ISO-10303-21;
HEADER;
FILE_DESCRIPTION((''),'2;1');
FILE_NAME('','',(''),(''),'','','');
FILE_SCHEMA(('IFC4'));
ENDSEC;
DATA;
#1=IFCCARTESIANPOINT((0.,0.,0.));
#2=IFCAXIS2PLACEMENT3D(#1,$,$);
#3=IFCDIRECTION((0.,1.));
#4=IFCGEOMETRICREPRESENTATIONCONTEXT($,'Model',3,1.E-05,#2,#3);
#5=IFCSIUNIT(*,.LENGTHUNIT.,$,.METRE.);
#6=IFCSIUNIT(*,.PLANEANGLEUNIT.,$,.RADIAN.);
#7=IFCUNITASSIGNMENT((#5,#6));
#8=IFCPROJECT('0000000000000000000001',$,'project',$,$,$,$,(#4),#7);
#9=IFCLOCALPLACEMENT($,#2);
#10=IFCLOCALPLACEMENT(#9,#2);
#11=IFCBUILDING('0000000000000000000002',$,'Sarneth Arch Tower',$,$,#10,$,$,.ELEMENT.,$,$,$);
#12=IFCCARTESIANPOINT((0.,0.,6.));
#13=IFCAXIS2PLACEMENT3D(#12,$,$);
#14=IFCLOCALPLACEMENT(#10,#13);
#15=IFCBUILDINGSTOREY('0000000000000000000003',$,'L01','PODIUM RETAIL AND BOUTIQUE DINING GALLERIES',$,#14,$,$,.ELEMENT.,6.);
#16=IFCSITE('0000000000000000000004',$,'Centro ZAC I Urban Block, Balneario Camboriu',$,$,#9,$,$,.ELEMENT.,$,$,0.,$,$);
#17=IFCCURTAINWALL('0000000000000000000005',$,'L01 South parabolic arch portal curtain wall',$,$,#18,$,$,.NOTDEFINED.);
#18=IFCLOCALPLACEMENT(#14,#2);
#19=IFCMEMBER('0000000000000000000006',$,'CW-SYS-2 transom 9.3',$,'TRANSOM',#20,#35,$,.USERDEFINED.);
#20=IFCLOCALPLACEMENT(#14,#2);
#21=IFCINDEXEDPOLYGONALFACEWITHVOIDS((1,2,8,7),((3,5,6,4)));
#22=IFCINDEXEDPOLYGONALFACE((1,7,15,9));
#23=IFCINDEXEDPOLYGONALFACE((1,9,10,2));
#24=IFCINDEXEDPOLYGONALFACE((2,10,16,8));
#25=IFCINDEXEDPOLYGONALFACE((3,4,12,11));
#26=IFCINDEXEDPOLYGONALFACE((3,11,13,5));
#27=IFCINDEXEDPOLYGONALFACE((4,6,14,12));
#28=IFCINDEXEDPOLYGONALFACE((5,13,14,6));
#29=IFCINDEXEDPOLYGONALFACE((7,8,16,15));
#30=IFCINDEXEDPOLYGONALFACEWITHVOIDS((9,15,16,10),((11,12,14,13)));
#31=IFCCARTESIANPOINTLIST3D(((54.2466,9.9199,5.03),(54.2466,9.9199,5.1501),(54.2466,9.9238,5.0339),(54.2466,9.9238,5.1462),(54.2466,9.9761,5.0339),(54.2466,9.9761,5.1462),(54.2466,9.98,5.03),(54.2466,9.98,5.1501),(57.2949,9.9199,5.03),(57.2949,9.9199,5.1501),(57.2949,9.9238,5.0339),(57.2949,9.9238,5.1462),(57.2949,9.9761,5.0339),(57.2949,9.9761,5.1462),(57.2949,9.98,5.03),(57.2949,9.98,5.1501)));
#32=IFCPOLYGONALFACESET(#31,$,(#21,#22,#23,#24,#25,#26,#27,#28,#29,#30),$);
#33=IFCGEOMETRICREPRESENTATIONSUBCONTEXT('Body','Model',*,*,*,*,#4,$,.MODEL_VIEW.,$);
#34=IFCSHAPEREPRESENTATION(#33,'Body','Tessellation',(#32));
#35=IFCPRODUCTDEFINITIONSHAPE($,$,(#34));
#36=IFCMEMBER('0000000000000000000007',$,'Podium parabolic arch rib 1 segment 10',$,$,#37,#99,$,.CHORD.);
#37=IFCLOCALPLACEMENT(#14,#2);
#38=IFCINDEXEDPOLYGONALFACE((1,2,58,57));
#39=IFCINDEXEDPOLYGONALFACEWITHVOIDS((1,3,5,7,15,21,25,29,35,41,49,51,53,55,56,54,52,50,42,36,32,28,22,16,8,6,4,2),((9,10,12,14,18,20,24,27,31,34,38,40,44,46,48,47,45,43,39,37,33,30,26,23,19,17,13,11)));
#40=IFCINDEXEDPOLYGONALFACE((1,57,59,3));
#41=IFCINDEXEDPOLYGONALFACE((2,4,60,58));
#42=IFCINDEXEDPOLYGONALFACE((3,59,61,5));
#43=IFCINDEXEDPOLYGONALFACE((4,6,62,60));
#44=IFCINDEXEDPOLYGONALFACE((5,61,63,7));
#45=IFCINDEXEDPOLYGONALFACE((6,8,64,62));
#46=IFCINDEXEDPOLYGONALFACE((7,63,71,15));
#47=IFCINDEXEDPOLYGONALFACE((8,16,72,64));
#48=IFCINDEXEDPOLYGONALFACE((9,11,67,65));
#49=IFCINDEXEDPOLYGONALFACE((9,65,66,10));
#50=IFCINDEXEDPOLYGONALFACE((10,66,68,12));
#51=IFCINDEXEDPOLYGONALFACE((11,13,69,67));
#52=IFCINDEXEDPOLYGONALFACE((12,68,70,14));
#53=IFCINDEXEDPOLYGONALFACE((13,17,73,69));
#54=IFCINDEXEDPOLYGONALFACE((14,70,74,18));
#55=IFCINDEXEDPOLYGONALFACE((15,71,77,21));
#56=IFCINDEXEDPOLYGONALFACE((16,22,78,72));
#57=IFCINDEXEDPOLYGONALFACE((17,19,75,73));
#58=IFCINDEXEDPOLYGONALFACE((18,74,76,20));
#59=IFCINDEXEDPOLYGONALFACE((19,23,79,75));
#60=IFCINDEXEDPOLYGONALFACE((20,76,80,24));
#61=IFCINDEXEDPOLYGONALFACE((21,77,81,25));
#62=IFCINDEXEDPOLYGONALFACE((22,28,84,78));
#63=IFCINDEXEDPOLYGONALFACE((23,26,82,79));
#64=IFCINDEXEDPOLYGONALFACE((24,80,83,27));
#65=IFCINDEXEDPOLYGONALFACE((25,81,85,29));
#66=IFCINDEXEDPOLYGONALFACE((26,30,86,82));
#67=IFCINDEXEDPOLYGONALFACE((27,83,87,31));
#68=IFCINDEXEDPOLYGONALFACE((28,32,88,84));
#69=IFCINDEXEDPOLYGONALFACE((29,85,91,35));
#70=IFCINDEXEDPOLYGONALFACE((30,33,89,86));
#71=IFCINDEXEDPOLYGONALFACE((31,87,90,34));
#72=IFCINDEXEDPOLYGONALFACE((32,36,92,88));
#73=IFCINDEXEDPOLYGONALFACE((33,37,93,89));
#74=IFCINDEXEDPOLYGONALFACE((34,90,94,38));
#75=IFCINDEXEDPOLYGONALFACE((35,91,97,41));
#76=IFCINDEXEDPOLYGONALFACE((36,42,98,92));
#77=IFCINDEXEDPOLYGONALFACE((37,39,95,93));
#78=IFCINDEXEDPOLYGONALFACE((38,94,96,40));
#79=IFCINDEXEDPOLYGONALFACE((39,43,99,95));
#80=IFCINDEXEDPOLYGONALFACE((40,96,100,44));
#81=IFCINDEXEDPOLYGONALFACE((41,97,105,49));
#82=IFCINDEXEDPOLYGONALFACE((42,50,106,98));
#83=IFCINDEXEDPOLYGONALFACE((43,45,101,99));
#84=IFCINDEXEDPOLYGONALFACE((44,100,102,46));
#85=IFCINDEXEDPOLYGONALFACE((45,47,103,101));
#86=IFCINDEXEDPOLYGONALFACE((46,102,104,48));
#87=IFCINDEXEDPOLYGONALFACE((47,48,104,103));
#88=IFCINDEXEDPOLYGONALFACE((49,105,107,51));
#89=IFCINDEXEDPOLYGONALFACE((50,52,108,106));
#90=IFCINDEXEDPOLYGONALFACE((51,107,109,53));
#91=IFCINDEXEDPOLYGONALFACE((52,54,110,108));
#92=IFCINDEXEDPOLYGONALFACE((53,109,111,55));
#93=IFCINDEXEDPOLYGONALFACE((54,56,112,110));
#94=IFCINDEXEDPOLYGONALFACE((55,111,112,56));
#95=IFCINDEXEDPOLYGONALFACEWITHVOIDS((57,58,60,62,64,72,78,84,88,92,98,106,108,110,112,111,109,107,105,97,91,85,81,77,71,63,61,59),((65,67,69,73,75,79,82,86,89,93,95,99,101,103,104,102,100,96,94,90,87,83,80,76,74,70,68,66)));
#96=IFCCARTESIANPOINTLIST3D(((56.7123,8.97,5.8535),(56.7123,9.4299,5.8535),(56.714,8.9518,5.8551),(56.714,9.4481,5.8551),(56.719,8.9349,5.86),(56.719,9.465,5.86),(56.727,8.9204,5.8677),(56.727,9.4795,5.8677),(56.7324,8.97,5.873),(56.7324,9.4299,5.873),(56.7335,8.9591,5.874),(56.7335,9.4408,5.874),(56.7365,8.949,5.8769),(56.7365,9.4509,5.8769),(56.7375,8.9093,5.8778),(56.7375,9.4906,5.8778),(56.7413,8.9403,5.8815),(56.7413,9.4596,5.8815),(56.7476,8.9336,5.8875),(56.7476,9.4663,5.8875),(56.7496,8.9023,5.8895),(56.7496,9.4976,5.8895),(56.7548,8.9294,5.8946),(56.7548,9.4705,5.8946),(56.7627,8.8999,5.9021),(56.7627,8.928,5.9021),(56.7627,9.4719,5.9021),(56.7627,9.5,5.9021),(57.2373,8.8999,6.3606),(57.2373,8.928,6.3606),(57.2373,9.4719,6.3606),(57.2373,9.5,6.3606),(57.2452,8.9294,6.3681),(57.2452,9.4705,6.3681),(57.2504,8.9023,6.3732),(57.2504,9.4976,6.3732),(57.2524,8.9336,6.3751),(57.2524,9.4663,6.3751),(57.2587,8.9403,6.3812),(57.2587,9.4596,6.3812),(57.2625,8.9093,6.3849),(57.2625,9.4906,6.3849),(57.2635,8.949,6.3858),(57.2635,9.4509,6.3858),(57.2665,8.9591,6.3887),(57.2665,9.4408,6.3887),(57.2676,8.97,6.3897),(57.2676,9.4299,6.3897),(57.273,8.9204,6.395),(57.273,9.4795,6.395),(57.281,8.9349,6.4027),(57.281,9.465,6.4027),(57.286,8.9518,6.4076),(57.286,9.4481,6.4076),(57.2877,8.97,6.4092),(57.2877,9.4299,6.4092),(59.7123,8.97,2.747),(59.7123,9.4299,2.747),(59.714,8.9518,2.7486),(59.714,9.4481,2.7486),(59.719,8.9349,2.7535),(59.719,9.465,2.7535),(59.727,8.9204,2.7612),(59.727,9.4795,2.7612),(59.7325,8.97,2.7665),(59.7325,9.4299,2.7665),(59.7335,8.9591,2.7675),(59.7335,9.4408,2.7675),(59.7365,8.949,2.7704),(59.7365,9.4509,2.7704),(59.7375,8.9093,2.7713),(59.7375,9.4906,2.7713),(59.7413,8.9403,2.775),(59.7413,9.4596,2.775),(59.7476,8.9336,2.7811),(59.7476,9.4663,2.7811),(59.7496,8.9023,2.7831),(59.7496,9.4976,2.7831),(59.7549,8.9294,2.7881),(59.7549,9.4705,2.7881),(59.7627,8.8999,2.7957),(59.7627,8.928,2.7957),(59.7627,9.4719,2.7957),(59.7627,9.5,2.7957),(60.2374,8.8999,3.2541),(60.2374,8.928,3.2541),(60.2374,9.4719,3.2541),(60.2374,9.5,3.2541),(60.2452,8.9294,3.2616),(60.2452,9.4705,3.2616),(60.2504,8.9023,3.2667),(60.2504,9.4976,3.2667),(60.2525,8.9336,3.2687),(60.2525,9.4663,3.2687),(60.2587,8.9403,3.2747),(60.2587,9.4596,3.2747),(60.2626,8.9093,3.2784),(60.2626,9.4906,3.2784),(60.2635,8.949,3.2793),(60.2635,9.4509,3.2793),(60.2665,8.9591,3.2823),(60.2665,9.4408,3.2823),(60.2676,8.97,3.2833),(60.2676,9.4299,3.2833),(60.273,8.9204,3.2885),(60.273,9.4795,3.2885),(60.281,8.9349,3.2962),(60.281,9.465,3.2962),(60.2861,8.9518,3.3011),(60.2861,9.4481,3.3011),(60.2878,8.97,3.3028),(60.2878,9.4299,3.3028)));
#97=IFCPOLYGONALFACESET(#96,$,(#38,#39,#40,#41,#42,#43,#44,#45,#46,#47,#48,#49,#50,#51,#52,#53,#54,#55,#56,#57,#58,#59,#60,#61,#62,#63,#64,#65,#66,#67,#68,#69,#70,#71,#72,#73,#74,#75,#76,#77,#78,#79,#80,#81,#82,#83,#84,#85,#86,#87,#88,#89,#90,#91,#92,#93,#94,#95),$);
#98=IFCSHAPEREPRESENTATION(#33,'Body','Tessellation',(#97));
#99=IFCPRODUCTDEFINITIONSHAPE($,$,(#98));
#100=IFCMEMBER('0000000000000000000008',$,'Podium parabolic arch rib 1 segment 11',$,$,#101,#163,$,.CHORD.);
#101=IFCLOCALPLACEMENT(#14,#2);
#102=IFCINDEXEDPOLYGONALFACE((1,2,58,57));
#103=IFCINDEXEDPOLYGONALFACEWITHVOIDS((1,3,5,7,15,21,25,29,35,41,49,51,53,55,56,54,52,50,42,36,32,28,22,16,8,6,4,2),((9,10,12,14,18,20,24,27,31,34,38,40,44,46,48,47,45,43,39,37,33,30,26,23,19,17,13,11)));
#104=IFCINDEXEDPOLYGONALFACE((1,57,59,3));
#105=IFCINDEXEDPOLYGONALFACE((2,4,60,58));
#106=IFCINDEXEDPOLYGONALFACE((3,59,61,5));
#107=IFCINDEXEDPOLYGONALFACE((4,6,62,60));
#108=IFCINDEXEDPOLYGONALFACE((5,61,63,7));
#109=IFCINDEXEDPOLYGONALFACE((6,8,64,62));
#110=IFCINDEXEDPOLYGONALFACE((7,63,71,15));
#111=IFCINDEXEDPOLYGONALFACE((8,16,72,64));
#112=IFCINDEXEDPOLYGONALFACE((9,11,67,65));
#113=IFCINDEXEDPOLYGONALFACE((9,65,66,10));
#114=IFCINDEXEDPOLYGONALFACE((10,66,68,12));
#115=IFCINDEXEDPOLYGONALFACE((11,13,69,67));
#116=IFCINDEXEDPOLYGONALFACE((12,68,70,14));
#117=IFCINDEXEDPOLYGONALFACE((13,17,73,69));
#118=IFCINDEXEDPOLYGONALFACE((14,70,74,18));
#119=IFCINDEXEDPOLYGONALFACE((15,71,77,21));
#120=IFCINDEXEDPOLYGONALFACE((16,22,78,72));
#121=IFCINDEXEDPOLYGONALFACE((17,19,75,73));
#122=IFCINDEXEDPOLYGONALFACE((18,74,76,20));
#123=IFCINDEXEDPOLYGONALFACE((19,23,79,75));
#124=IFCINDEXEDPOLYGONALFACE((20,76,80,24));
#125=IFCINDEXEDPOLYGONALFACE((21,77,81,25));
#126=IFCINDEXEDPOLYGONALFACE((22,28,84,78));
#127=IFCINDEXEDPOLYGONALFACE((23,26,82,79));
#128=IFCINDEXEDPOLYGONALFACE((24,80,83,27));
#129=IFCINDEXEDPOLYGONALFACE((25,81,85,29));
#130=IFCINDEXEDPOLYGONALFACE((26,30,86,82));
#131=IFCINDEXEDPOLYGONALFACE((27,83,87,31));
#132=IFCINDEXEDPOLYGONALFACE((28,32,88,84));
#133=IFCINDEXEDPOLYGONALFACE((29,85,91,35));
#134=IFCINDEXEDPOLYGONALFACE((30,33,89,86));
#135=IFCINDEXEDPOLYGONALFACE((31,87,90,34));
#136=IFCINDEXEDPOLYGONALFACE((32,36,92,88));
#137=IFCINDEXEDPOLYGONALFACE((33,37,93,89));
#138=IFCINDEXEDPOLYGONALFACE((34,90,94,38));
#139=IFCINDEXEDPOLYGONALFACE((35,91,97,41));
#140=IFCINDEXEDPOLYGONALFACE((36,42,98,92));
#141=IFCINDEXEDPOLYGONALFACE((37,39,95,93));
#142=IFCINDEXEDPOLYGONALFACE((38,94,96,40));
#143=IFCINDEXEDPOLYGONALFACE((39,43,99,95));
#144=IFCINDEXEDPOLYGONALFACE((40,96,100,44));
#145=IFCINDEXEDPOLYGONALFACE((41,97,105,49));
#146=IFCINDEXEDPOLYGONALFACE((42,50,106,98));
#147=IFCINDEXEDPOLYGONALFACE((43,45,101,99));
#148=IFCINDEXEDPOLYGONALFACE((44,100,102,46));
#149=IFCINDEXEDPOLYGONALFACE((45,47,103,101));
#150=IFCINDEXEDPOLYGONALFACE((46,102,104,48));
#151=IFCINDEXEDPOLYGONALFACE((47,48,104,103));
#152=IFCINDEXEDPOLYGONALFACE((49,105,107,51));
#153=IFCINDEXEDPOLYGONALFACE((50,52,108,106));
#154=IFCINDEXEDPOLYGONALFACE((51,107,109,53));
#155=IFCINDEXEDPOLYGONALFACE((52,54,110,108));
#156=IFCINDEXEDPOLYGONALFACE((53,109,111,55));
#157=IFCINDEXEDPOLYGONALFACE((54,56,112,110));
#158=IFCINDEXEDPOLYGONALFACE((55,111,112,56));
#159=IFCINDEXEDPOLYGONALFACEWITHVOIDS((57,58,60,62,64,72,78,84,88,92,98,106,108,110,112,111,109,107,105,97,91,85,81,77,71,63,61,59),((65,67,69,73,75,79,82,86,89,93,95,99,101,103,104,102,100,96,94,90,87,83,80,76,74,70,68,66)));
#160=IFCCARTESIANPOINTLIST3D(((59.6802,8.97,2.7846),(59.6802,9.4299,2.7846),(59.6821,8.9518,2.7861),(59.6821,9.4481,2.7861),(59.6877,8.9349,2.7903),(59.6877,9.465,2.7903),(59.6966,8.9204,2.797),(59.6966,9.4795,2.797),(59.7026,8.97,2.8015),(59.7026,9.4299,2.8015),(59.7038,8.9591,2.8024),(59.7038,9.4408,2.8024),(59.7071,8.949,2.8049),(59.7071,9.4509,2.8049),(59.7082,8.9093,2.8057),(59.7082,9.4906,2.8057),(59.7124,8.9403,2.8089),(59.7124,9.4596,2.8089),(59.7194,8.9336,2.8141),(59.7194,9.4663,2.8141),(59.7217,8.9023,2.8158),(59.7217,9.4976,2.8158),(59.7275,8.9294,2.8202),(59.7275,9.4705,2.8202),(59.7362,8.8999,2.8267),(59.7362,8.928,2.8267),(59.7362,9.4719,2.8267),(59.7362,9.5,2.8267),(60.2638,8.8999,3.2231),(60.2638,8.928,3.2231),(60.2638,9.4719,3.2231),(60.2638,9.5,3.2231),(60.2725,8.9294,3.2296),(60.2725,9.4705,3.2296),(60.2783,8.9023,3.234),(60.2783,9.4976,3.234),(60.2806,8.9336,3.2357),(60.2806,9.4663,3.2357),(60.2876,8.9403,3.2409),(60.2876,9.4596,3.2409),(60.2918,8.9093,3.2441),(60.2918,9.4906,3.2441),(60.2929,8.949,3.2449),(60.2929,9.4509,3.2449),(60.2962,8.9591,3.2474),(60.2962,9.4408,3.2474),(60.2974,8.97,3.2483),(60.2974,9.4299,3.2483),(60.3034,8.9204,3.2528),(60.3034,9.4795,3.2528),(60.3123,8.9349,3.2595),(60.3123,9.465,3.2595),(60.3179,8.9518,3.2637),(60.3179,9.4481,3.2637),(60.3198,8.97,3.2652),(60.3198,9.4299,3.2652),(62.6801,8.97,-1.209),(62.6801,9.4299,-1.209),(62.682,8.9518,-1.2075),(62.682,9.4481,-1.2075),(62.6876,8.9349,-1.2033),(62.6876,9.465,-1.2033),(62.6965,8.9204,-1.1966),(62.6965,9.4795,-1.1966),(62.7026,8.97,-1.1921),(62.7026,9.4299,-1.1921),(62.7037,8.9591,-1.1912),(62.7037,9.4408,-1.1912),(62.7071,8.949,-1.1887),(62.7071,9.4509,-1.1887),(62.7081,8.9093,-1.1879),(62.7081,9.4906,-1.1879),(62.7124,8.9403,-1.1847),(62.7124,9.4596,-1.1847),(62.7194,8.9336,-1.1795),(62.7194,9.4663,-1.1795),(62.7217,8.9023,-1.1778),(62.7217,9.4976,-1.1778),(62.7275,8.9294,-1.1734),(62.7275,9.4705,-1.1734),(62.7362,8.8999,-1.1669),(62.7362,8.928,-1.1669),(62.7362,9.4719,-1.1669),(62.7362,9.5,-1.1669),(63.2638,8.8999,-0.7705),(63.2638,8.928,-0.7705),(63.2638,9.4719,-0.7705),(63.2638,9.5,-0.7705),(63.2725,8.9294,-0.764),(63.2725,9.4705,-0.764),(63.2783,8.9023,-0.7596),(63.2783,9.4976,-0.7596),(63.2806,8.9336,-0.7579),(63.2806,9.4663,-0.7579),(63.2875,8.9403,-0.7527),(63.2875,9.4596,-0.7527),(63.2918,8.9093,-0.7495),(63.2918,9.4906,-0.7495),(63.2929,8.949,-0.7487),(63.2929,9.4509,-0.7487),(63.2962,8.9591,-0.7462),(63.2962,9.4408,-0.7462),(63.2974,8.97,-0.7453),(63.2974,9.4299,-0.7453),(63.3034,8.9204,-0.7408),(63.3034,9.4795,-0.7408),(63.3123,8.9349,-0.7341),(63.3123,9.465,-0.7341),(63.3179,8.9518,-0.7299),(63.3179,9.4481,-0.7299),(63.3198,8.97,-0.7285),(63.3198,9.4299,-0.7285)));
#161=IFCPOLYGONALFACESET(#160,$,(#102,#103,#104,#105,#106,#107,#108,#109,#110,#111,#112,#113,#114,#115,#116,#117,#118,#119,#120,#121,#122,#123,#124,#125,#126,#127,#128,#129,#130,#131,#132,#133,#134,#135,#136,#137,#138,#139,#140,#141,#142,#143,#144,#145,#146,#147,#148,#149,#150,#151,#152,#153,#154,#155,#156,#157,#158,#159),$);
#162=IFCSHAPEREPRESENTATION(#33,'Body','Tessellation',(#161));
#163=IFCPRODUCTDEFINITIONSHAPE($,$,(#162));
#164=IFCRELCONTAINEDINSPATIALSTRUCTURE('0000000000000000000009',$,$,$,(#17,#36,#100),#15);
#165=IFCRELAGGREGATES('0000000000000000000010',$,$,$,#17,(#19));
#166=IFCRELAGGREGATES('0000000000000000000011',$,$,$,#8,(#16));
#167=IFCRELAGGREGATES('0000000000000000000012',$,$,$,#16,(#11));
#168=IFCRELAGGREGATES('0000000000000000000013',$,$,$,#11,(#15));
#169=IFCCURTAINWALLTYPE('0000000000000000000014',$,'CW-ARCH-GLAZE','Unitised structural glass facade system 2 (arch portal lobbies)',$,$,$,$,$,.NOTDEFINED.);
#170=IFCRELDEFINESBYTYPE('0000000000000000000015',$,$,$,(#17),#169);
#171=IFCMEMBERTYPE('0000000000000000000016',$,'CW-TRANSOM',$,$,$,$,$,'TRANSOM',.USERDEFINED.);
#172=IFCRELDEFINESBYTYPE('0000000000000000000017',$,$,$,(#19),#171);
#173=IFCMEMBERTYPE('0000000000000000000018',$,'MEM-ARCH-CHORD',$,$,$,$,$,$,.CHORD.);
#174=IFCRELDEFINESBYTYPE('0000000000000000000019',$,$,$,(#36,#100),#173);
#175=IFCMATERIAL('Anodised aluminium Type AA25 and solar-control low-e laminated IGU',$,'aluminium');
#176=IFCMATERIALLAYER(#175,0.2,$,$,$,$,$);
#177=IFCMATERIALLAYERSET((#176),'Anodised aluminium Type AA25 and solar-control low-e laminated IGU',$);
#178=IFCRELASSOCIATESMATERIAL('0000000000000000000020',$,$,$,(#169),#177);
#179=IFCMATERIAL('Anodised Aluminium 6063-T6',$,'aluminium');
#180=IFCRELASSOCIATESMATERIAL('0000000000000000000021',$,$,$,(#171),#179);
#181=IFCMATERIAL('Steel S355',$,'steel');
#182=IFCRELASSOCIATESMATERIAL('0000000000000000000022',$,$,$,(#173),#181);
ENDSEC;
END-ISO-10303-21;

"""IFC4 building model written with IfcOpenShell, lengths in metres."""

from ifc_helpers import new_model, si_unit, direction, frame, origin, origin_2d, place, context, subcontext, project, spatial, hollow_rectangle, extrude, material, layer, layer_set, material_profile, profile_set, type_object, element, aggregate, save


model = new_model("IFC4")

# Units and contexts
model_context = context("Model", 3, precision=1e-05, world=origin(), true_north=direction((0.0, 1.0)))
body_context = subcontext(model_context, "Body", "Model", "MODEL_VIEW")
ifc_project = project(units=[si_unit("LENGTHUNIT", "METRE"), si_unit("PLANEANGLEUNIT", "RADIAN")], contexts=[model_context])

# Site, building, storey
site_placement = place(None, origin())
site = spatial("IfcSite", under=ifc_project, at=site_placement, Name="Centro ZAC I Urban Block, Balneario Camboriu", CompositionType="ELEMENT", RefElevation=0.0)
building_placement = place(site_placement, origin())
building = spatial("IfcBuilding", under=site, at=building_placement, Name="Sarneth Arch Tower", CompositionType="ELEMENT")
storey_placement = place(building_placement, frame((0.0, 0.0, 6.0)))
storey = spatial("IfcBuildingStorey", under=building, at=storey_placement, Name="L01", Description="PODIUM RETAIL AND BOUTIQUE DINING GALLERIES", CompositionType="ELEMENT", Elevation=6.0)

# Curtain wall, member
ifc_material_1 = material(Name="Anodised aluminium Type AA25 and solar-control low-e laminated IGU", Category="aluminium")
ifc_layer_1 = layer(ifc_material_1, 0.2)
ifc_layer_set_1 = layer_set([ifc_layer_1], Name="Anodised aluminium Type AA25 and solar-control low-e laminated IGU")
curtain_wall_type = type_object("IfcCurtainWallType", Name="CW-ARCH-GLAZE", Description="Unitised structural glass facade system 2 (arch portal lobbies)", PredefinedType="NOTDEFINED", material=ifc_layer_set_1)
curtain_wall_placement = place(storey_placement, origin())
curtain_wall = element("IfcCurtainWall", 1, at=curtain_wall_placement, inside=storey, type_object=curtain_wall_type, Name="L01 South parabolic arch portal curtain wall", PredefinedType="NOTDEFINED")
ifc_material_2 = material(Name="Anodised Aluminium 6063-T6", Category="aluminium")
ifc_material_profile_1 = material_profile(ifc_material_2, hollow_rectangle(XDim=0.0601, YDim=0.1201, WallThickness=0.0039, at=origin_2d()), Name="AL-TRAN-120x60x4")
ifc_profile_set_1 = profile_set([ifc_material_profile_1], Name="Anodised Aluminium 6063-T6")
member_type_1 = type_object("IfcMemberType", Name="CW-TRANSOM", ElementType="TRANSOM", PredefinedType="USERDEFINED", material=ifc_profile_set_1)
member_1_placement = place(storey_placement, frame((54.2466, 9.95, 5.0901), z_axis=(1.0, 0.0, 0.0), x_axis=(0.0, 1.0, 0.0)))
member_1 = element("IfcMember", 2, at=member_1_placement, type_object=member_type_1, Name="CW-SYS-2 transom 9.3", ObjectType="TRANSOM", PredefinedType="USERDEFINED", context=body_context, shape_type="SweptSolid", body=[
    extrude(hollow_rectangle(XDim=0.0601, YDim=0.1201, WallThickness=0.0039, at=origin_2d()), origin(), (0.0, 0.0, 1.0), 3.0483),
])

# Members
ifc_material_3 = material(Name="Steel S355", Category="steel")
ifc_material_profile_2 = material_profile(ifc_material_3, hollow_rectangle(XDim=0.6001, YDim=0.8, WallThickness=0.0281, InnerFilletRadius=0.042, OuterFilletRadius=0.0701, at=origin_2d()), Name="RHS800x600x28")
ifc_profile_set_2 = profile_set([ifc_material_profile_2], Name="Steel S355")
member_type_2 = type_object("IfcMemberType", Name="MEM-ARCH-CHORD", PredefinedType="CHORD", material=ifc_profile_set_2)
member_2_placement = place(storey_placement, frame((57.0, 9.2, 6.1313), z_axis=(0.694675, 0.0, -0.719324), x_axis=(0.0, 1.0, 0.0)))
element("IfcMember", 3, at=member_2_placement, inside=storey, type_object=member_type_2, Name="Podium parabolic arch rib 1 segment 10", PredefinedType="CHORD", context=body_context, shape_type="SweptSolid", body=[
    extrude(hollow_rectangle(XDim=0.6001, YDim=0.8, WallThickness=0.0281, InnerFilletRadius=0.042, OuterFilletRadius=0.0701, at=origin_2d()), origin(), (0.0, 0.0, 1.0), 4.3186),
])
member_3_placement = place(storey_placement, frame((60.0, 9.2, 3.0249), z_axis=(0.60061, 0.0, -0.799542), x_axis=(0.0, 1.0, 0.0)))
element("IfcMember", 4, at=member_3_placement, inside=storey, type_object=member_type_2, Name="Podium parabolic arch rib 1 segment 11", PredefinedType="CHORD", context=body_context, shape_type="SweptSolid", body=[
    extrude(hollow_rectangle(XDim=0.6001, YDim=0.8, WallThickness=0.0281, InnerFilletRadius=0.042, OuterFilletRadius=0.0701, at=origin_2d()), origin(), (0.0, 0.0, 1.0), 4.9949),
])

aggregate(curtain_wall, [member_1])

save(model, "model.ifc")
